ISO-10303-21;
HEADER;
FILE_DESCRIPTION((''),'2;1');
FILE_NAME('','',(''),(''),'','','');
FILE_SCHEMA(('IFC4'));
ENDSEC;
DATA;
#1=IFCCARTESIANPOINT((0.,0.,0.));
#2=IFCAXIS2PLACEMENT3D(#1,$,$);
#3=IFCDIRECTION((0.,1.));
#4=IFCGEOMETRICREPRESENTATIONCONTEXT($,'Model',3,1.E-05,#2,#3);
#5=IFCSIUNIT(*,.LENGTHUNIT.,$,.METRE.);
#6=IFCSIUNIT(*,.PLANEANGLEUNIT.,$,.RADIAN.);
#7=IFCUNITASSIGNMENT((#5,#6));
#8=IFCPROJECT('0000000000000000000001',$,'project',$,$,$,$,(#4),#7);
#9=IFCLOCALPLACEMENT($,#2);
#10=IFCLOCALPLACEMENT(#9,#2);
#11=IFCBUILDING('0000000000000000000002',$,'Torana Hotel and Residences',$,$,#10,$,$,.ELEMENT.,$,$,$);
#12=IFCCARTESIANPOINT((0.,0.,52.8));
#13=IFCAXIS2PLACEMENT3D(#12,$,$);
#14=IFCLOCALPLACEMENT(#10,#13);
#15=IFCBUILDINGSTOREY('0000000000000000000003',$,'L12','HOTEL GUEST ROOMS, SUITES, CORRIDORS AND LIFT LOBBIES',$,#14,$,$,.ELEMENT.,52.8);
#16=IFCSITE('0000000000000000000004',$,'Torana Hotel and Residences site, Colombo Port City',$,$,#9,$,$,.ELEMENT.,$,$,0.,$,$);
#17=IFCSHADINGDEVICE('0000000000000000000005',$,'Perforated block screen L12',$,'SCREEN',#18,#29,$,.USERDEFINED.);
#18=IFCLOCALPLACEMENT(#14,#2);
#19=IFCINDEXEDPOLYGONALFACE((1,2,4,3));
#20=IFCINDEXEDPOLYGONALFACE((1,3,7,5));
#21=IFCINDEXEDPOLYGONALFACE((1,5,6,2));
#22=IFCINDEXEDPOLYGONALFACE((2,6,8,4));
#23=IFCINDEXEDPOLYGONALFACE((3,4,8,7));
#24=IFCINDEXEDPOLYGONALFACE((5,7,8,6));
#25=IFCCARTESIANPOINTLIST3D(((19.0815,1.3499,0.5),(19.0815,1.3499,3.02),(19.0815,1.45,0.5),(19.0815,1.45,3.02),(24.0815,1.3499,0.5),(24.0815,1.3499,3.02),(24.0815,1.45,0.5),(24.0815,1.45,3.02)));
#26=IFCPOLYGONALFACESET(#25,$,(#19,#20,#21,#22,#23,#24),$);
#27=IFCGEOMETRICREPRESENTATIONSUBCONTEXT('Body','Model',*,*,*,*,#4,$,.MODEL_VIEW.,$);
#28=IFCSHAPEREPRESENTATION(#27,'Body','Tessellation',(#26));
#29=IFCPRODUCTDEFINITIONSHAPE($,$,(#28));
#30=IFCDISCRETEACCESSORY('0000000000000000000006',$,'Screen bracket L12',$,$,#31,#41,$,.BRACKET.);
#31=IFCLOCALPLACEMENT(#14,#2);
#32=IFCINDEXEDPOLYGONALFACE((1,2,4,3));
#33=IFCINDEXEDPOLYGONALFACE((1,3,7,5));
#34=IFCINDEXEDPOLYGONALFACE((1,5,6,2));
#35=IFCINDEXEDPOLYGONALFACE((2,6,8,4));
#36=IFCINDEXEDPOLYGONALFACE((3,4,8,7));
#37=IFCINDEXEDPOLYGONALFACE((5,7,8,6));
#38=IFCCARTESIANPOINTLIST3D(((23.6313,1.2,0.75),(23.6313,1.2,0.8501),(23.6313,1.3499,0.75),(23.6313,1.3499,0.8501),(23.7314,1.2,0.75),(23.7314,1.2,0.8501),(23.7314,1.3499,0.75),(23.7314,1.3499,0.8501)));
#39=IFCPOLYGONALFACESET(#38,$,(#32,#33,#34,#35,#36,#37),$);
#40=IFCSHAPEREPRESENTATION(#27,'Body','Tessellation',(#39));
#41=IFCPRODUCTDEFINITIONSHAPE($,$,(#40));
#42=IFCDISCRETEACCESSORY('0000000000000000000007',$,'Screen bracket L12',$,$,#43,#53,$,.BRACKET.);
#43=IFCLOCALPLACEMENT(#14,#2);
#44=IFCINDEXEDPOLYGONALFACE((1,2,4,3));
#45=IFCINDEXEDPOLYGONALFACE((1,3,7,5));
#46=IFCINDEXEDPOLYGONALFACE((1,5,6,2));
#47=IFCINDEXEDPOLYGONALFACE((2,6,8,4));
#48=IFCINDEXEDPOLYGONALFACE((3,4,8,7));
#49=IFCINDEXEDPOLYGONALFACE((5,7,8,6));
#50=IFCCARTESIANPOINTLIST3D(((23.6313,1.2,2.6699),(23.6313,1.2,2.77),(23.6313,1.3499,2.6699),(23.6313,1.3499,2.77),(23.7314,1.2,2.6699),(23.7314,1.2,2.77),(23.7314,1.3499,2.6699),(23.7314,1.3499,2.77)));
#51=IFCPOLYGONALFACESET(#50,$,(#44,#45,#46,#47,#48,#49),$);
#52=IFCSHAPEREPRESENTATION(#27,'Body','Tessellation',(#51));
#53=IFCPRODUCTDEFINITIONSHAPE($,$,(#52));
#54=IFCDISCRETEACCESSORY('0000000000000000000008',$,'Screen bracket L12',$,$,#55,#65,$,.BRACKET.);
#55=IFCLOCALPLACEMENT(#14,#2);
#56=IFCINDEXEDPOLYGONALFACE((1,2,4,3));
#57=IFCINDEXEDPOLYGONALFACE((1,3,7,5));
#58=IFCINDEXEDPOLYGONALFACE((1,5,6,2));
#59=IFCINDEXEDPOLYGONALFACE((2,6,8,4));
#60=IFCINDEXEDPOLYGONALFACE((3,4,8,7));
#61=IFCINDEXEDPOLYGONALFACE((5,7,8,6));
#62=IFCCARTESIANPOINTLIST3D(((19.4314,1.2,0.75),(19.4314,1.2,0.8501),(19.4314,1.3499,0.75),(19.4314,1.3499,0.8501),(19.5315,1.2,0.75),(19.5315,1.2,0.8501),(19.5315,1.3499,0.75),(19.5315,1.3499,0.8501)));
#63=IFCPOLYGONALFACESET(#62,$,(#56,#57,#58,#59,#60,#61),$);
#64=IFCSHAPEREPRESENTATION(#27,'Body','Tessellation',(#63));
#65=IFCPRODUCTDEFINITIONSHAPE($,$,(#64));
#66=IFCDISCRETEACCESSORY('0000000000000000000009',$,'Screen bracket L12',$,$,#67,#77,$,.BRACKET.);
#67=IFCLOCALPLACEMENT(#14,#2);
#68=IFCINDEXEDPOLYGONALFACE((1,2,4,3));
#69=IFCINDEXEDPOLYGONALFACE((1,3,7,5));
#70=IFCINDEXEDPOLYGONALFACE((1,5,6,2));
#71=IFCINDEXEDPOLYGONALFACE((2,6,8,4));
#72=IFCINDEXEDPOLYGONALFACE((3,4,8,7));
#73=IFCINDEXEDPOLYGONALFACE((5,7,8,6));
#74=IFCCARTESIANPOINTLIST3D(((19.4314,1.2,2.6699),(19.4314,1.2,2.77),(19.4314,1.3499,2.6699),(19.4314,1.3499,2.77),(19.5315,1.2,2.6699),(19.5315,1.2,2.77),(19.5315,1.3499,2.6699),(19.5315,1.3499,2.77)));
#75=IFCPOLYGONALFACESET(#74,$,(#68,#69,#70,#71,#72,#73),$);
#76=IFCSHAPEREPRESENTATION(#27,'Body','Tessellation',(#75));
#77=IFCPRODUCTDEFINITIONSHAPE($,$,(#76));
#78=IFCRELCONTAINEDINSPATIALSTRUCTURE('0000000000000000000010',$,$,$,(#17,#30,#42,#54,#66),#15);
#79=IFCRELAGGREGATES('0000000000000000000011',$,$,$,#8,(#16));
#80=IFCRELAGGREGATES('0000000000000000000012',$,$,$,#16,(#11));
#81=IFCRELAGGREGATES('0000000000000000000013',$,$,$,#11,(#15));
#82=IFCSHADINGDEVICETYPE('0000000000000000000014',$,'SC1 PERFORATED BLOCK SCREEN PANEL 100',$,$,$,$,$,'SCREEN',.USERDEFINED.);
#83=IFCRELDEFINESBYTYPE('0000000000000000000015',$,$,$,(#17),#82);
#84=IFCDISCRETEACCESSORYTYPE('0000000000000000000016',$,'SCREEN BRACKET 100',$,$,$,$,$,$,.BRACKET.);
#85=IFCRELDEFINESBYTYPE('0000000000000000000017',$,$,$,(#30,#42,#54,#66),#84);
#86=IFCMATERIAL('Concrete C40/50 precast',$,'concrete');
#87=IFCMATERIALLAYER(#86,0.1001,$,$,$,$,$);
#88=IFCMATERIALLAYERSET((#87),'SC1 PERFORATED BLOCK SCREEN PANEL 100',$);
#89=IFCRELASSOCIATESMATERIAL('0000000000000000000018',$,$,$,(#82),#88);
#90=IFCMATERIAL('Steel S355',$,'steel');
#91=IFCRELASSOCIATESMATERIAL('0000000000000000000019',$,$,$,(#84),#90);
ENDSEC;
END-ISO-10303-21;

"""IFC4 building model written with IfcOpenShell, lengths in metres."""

from ifc_helpers import new_model, si_unit, direction, frame, origin, origin_2d, place, context, subcontext, project, spatial, rectangle, extrude, material, layer, layer_set, type_object, element, save


model = new_model("IFC4")

# Units and contexts
model_context = context("Model", 3, precision=1e-05, world=origin(), true_north=direction((0.0, 1.0)))
body_context = subcontext(model_context, "Body", "Model", "MODEL_VIEW")
ifc_project = project(units=[si_unit("LENGTHUNIT", "METRE"), si_unit("PLANEANGLEUNIT", "RADIAN")], contexts=[model_context])

# Site, building, storey
site_placement = place(None, origin())
site = spatial("IfcSite", under=ifc_project, at=site_placement, Name="Torana Hotel and Residences site, Colombo Port City", CompositionType="ELEMENT", RefElevation=0.0)
building_placement = place(site_placement, origin())
building = spatial("IfcBuilding", under=site, at=building_placement, Name="Torana Hotel and Residences", CompositionType="ELEMENT")
storey_placement = place(building_placement, frame((0.0, 0.0, 52.8)))
storey = spatial("IfcBuildingStorey", under=building, at=storey_placement, Name="L12", Description="HOTEL GUEST ROOMS, SUITES, CORRIDORS AND LIFT LOBBIES", CompositionType="ELEMENT", Elevation=52.8)

# Shading device
ifc_material_1 = material(Name="Concrete C40/50 precast", Category="concrete")
ifc_layer_1 = layer(ifc_material_1, 0.1001)
ifc_layer_set_1 = layer_set([ifc_layer_1], Name="SC1 PERFORATED BLOCK SCREEN PANEL 100")
shading_device_type = type_object("IfcShadingDeviceType", Name="SC1 PERFORATED BLOCK SCREEN PANEL 100", ElementType="SCREEN", PredefinedType="USERDEFINED", material=ifc_layer_set_1)
shading_device_placement = place(storey_placement, frame((21.5815, 1.3999, 0.5), z_axis=(0.0, 0.0, 1.0), x_axis=(-1.0, 0.0, 0.0)))
element("IfcShadingDevice", 1, at=shading_device_placement, inside=storey, type_object=shading_device_type, Name="Perforated block screen L12", ObjectType="SCREEN", PredefinedType="USERDEFINED", context=body_context, shape_type="SweptSolid", body=[
    extrude(rectangle(XDim=5.0, YDim=0.1001, at=origin_2d()), origin(), (0.0, 0.0, 1.0), 2.52),
])

# Discrete accessories
ifc_material_2 = material(Name="Steel S355", Category="steel")
discrete_accessory_type = type_object("IfcDiscreteAccessoryType", Name="SCREEN BRACKET 100", PredefinedType="BRACKET", material=ifc_material_2)
for number, where, z_axis, x_axis, name in (
    (2, (23.6814, 1.2749, 0.75), (0.0, 0.0, 1.0), (-1.0, 0.0, 0.0), "Screen bracket L12"),
    (3, (23.6814, 1.2749, 2.6699), (0.0, 0.0, 1.0), (-1.0, 0.0, 0.0), "Screen bracket L12"),
    (4, (19.4814, 1.2749, 0.75), (0.0, 0.0, 1.0), (-1.0, 0.0, 0.0), "Screen bracket L12"),
    (5, (19.4814, 1.2749, 2.6699), (0.0, 0.0, 1.0), (-1.0, 0.0, 0.0), "Screen bracket L12"),
):
    element("IfcDiscreteAccessory", number, at=place(storey_placement, frame(where, z_axis=z_axis, x_axis=x_axis)), inside=storey, type_object=discrete_accessory_type, Name=name, PredefinedType="BRACKET", context=body_context, shape_type="SweptSolid", body=[
        extrude(rectangle(XDim=0.1001, YDim=0.1499, at=origin_2d()), origin(), (0.0, 0.0, 1.0), 0.1001),
    ])

save(model, "model.ifc")
